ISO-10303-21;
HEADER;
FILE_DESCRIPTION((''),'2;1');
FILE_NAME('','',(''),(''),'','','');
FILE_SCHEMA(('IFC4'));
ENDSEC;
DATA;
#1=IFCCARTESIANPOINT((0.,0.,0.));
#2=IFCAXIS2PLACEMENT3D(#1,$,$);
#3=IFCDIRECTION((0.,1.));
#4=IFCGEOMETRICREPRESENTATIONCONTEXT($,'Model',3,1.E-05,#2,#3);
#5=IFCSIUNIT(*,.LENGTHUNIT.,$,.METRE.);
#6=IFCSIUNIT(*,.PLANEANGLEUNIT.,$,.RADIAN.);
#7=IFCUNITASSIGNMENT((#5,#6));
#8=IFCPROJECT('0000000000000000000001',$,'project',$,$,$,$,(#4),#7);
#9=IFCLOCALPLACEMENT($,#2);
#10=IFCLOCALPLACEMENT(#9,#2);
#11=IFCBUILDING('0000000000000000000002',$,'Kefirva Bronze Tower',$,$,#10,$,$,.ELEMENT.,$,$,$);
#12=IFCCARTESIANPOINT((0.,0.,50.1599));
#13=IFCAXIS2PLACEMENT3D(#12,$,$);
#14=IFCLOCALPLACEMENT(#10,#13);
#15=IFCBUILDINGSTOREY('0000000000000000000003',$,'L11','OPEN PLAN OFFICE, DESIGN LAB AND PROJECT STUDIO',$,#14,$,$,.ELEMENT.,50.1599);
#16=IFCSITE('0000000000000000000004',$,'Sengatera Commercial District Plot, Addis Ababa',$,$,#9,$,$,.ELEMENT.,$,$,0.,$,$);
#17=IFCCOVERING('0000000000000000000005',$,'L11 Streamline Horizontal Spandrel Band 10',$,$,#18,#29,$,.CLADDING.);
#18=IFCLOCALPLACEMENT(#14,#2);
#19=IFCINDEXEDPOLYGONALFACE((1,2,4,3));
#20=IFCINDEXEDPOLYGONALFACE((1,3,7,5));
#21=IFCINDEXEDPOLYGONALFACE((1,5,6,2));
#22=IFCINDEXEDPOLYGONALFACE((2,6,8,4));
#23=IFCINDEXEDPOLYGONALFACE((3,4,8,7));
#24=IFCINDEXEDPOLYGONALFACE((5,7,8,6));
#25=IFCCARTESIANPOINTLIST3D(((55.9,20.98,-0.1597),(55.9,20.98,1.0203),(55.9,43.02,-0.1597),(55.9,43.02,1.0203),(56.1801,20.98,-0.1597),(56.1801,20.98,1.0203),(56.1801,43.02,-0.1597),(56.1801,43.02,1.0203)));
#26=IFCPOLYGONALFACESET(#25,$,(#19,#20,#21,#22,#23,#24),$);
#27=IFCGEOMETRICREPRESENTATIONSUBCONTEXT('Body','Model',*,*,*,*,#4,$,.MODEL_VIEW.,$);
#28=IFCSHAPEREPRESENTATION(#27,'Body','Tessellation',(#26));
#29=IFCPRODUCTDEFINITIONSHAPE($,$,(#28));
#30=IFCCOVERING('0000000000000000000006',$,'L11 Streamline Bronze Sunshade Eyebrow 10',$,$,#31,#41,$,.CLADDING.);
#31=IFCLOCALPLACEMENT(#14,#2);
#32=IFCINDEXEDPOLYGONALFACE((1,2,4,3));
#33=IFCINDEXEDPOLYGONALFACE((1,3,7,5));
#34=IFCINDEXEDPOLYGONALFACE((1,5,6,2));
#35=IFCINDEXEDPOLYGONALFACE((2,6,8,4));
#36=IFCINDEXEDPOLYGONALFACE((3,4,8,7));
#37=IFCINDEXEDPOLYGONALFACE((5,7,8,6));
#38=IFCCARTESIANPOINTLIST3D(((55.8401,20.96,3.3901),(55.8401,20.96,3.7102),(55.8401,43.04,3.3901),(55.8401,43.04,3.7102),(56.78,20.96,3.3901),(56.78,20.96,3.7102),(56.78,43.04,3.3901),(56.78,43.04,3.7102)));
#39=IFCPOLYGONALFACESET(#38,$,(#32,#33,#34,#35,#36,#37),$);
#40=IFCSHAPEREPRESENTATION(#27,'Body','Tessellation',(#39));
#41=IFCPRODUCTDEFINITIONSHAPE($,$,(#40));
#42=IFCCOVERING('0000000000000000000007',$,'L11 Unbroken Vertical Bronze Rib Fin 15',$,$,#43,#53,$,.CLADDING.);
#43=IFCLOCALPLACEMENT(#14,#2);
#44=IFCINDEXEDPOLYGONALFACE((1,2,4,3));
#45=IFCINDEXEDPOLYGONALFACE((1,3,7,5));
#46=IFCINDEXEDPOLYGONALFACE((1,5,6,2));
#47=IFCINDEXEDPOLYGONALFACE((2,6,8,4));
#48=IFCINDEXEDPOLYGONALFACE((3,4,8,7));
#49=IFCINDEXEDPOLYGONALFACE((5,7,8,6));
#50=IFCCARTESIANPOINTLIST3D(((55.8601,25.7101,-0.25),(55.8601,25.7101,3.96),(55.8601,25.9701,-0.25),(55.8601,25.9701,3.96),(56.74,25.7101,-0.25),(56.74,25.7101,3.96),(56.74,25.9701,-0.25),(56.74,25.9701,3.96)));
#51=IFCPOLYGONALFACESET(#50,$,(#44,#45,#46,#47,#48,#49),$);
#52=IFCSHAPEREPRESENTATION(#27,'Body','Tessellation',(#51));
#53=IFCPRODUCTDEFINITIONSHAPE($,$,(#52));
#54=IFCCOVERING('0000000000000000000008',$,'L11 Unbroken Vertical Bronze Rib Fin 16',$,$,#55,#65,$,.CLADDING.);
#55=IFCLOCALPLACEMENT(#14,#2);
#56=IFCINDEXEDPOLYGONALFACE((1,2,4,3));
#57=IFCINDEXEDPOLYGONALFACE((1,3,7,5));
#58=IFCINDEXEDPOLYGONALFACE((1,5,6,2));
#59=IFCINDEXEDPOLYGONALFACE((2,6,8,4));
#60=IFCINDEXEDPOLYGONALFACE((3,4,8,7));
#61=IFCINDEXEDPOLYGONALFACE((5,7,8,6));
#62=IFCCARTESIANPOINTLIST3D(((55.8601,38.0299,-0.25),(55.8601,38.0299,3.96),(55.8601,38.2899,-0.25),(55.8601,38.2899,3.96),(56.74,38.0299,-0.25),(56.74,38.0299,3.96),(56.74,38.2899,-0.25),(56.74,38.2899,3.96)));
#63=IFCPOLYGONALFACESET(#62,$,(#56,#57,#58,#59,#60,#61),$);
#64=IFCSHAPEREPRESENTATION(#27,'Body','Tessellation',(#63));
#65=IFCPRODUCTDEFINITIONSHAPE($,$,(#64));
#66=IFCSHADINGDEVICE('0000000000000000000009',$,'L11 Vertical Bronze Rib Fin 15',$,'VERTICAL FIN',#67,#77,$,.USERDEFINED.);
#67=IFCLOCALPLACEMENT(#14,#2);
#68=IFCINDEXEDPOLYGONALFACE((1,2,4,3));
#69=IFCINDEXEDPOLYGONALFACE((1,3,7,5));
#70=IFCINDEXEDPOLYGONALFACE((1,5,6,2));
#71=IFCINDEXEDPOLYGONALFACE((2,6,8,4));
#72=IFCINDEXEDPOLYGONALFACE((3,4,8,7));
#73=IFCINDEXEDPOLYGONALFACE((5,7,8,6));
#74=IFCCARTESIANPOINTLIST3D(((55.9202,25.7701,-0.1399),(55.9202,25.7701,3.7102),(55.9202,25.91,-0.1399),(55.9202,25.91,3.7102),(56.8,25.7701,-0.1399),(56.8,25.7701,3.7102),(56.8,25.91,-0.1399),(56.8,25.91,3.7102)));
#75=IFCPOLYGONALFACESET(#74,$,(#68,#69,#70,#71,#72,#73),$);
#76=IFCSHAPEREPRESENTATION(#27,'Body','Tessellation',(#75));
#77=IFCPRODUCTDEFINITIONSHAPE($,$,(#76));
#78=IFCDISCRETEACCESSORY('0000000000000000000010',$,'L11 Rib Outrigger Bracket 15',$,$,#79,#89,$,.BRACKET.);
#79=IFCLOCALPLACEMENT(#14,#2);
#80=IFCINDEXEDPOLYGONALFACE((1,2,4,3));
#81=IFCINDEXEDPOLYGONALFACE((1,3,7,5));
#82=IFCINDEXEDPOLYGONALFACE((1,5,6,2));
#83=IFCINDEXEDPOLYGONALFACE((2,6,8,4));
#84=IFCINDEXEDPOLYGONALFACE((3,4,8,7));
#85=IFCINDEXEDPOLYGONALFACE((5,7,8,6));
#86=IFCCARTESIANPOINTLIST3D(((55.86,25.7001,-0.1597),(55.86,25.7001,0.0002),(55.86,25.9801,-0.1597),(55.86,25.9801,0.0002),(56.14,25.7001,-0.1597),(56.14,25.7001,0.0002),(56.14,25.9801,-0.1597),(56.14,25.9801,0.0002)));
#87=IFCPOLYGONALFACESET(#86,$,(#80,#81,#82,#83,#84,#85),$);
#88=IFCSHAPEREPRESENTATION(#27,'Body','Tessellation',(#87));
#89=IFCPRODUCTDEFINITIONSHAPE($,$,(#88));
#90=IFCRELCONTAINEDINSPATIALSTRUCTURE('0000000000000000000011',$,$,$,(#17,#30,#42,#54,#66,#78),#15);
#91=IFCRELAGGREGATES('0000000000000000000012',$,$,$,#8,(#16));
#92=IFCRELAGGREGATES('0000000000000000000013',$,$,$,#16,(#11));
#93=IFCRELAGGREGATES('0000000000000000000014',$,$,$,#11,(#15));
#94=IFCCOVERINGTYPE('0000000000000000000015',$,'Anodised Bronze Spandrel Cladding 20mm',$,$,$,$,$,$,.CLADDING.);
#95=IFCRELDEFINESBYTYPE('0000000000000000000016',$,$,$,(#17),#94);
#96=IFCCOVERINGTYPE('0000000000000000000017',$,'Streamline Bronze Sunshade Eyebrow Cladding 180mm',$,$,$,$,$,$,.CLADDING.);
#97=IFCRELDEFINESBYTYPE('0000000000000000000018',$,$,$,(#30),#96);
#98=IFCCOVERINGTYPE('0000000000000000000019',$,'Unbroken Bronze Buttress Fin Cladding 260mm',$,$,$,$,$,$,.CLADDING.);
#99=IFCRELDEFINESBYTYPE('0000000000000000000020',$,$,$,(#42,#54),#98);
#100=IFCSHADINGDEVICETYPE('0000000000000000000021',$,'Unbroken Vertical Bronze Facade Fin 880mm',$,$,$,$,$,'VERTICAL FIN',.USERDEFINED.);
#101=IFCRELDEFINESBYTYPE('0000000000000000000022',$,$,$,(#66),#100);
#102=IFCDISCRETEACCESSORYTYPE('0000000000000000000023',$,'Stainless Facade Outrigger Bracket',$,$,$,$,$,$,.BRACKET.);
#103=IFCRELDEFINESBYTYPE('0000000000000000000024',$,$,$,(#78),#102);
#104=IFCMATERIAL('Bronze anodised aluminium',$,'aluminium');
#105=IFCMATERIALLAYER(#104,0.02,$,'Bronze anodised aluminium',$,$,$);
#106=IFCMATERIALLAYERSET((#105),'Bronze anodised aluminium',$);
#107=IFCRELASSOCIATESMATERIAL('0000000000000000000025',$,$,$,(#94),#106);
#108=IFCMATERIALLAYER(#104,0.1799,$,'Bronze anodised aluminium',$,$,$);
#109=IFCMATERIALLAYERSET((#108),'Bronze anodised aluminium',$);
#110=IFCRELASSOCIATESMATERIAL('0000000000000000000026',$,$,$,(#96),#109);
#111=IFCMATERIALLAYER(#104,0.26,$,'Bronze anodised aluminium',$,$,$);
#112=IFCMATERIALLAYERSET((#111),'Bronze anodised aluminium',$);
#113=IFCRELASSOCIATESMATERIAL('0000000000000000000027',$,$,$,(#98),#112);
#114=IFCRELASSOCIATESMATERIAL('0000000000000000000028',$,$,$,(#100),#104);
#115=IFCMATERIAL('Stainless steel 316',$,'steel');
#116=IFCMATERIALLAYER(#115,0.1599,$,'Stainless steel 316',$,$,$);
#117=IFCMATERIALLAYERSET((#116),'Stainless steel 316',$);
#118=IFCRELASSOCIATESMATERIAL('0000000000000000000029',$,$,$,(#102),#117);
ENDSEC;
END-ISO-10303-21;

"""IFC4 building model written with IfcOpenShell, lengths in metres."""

from ifc_helpers import new_model, si_unit, direction, frame, origin, origin_2d, place, context, subcontext, project, spatial, rectangle, extrude, material, layer, layer_set, material_profile, profile_set, type_object, element, save


model = new_model("IFC4")

# Units and contexts
model_context = context("Model", 3, precision=1e-05, world=origin(), true_north=direction((0.0, 1.0)))
body_context = subcontext(model_context, "Body", "Model", "MODEL_VIEW")
ifc_project = project(units=[si_unit("LENGTHUNIT", "METRE"), si_unit("PLANEANGLEUNIT", "RADIAN")], contexts=[model_context])

# Site, building, storey
site_placement = place(None, origin())
site = spatial("IfcSite", under=ifc_project, at=site_placement, Name="Sengatera Commercial District Plot, Addis Ababa", CompositionType="ELEMENT", RefElevation=0.0)
building_placement = place(site_placement, origin())
building = spatial("IfcBuilding", under=site, at=building_placement, Name="Kefirva Bronze Tower", CompositionType="ELEMENT")
storey_placement = place(building_placement, frame((0.0, 0.0, 50.1599)))
storey = spatial("IfcBuildingStorey", under=building, at=storey_placement, Name="L11", Description="OPEN PLAN OFFICE, DESIGN LAB AND PROJECT STUDIO", CompositionType="ELEMENT", Elevation=50.1599)

# Shared definitions
ifc_material_1 = material(Name="Bronze anodised aluminium", Category="aluminium")

# Coverings
ifc_layer_1 = layer(ifc_material_1, 0.02, Name="Bronze anodised aluminium")
ifc_layer_set_1 = layer_set([ifc_layer_1], Name="Bronze anodised aluminium")
covering_type_1 = type_object("IfcCoveringType", Name="Anodised Bronze Spandrel Cladding 20mm", PredefinedType="CLADDING", material=ifc_layer_set_1)
covering_1_placement = place(storey_placement, frame((56.04, 32.0, -0.1597), z_axis=(0.0, 0.0, 1.0), x_axis=(0.0, 1.0, 0.0)))
element("IfcCovering", 1, at=covering_1_placement, inside=storey, type_object=covering_type_1, Name="L11 Streamline Horizontal Spandrel Band 10", PredefinedType="CLADDING", context=body_context, shape_type="SweptSolid", body=[
    extrude(rectangle(XDim=22.04, YDim=0.28, at=origin_2d()), origin(), (0.0, 0.0, 1.0), 1.1799),
])
ifc_layer_2 = layer(ifc_material_1, 0.1799, Name="Bronze anodised aluminium")
ifc_layer_set_2 = layer_set([ifc_layer_2], Name="Bronze anodised aluminium")
covering_type_2 = type_object("IfcCoveringType", Name="Streamline Bronze Sunshade Eyebrow Cladding 180mm", PredefinedType="CLADDING", material=ifc_layer_set_2)
covering_2_placement = place(storey_placement, frame((56.3101, 32.0, 3.3901), z_axis=(0.0, 0.0, 1.0), x_axis=(0.0, 1.0, 0.0)))
element("IfcCovering", 2, at=covering_2_placement, inside=storey, type_object=covering_type_2, Name="L11 Streamline Bronze Sunshade Eyebrow 10", PredefinedType="CLADDING", context=body_context, shape_type="SweptSolid", body=[
    extrude(rectangle(XDim=22.0801, YDim=0.9399, at=origin_2d()), origin(), (0.0, 0.0, 1.0), 0.3201),
])
ifc_layer_3 = layer(ifc_material_1, 0.26, Name="Bronze anodised aluminium")
ifc_layer_set_3 = layer_set([ifc_layer_3], Name="Bronze anodised aluminium")
covering_type_3 = type_object("IfcCoveringType", Name="Unbroken Bronze Buttress Fin Cladding 260mm", PredefinedType="CLADDING", material=ifc_layer_set_3)
for number, where, z_axis, x_axis, name in (
    (3, (56.3, 25.8401, -0.25), (0.0, 0.0, 1.0), (0.0, 1.0, 0.0), "L11 Unbroken Vertical Bronze Rib Fin 15"),
    (4, (56.3, 38.1599, -0.25), (0.0, 0.0, 1.0), (0.0, 1.0, 0.0), "L11 Unbroken Vertical Bronze Rib Fin 16"),
):
    element("IfcCovering", number, at=place(storey_placement, frame(where, z_axis=z_axis, x_axis=x_axis)), inside=storey, type_object=covering_type_3, Name=name, PredefinedType="CLADDING", context=body_context, shape_type="SweptSolid", body=[
        extrude(rectangle(XDim=0.26, YDim=0.8799, at=origin_2d()), origin(), (0.0, 0.0, 1.0), 4.21),
    ])

# Shading device
ifc_material_profile_1 = material_profile(ifc_material_1, rectangle(XDim=0.1399, YDim=0.8799, at=origin_2d()), Name="BRONZE FIN 140x880")
ifc_profile_set_1 = profile_set([ifc_material_profile_1], Name="Bronze anodised aluminium")
shading_device_type = type_object("IfcShadingDeviceType", Name="Unbroken Vertical Bronze Facade Fin 880mm", ElementType="VERTICAL FIN", PredefinedType="USERDEFINED", material=ifc_profile_set_1)
shading_device_placement = place(storey_placement, frame((56.3601, 25.8401, -0.1399), z_axis=(0.0, 0.0, 1.0), x_axis=(0.0, 1.0, 0.0)))
element("IfcShadingDevice", 5, at=shading_device_placement, inside=storey, type_object=shading_device_type, Name="L11 Vertical Bronze Rib Fin 15", ObjectType="VERTICAL FIN", PredefinedType="USERDEFINED", context=body_context, shape_type="SweptSolid", body=[
    extrude(rectangle(XDim=0.1399, YDim=0.8799, at=origin_2d()), origin(), (0.0, 0.0, 1.0), 3.8501),
])

# Discrete accessory
ifc_material_2 = material(Name="Stainless steel 316", Category="steel")
ifc_layer_4 = layer(ifc_material_2, 0.1599, Name="Stainless steel 316")
ifc_layer_set_4 = layer_set([ifc_layer_4], Name="Stainless steel 316")
discrete_accessory_type = type_object("IfcDiscreteAccessoryType", Name="Stainless Facade Outrigger Bracket", PredefinedType="BRACKET", material=ifc_layer_set_4)
discrete_accessory_placement = place(storey_placement, frame((56.0, 25.8401, -0.1597), z_axis=(0.0, 0.0, 1.0), x_axis=(0.0, 1.0, 0.0)))
element("IfcDiscreteAccessory", 6, at=discrete_accessory_placement, inside=storey, type_object=discrete_accessory_type, Name="L11 Rib Outrigger Bracket 15", PredefinedType="BRACKET", context=body_context, shape_type="SweptSolid", body=[
    extrude(rectangle(XDim=0.28, YDim=0.28, at=origin_2d()), origin(), (0.0, 0.0, 1.0), 0.1599),
])

save(model, "model.ifc")
